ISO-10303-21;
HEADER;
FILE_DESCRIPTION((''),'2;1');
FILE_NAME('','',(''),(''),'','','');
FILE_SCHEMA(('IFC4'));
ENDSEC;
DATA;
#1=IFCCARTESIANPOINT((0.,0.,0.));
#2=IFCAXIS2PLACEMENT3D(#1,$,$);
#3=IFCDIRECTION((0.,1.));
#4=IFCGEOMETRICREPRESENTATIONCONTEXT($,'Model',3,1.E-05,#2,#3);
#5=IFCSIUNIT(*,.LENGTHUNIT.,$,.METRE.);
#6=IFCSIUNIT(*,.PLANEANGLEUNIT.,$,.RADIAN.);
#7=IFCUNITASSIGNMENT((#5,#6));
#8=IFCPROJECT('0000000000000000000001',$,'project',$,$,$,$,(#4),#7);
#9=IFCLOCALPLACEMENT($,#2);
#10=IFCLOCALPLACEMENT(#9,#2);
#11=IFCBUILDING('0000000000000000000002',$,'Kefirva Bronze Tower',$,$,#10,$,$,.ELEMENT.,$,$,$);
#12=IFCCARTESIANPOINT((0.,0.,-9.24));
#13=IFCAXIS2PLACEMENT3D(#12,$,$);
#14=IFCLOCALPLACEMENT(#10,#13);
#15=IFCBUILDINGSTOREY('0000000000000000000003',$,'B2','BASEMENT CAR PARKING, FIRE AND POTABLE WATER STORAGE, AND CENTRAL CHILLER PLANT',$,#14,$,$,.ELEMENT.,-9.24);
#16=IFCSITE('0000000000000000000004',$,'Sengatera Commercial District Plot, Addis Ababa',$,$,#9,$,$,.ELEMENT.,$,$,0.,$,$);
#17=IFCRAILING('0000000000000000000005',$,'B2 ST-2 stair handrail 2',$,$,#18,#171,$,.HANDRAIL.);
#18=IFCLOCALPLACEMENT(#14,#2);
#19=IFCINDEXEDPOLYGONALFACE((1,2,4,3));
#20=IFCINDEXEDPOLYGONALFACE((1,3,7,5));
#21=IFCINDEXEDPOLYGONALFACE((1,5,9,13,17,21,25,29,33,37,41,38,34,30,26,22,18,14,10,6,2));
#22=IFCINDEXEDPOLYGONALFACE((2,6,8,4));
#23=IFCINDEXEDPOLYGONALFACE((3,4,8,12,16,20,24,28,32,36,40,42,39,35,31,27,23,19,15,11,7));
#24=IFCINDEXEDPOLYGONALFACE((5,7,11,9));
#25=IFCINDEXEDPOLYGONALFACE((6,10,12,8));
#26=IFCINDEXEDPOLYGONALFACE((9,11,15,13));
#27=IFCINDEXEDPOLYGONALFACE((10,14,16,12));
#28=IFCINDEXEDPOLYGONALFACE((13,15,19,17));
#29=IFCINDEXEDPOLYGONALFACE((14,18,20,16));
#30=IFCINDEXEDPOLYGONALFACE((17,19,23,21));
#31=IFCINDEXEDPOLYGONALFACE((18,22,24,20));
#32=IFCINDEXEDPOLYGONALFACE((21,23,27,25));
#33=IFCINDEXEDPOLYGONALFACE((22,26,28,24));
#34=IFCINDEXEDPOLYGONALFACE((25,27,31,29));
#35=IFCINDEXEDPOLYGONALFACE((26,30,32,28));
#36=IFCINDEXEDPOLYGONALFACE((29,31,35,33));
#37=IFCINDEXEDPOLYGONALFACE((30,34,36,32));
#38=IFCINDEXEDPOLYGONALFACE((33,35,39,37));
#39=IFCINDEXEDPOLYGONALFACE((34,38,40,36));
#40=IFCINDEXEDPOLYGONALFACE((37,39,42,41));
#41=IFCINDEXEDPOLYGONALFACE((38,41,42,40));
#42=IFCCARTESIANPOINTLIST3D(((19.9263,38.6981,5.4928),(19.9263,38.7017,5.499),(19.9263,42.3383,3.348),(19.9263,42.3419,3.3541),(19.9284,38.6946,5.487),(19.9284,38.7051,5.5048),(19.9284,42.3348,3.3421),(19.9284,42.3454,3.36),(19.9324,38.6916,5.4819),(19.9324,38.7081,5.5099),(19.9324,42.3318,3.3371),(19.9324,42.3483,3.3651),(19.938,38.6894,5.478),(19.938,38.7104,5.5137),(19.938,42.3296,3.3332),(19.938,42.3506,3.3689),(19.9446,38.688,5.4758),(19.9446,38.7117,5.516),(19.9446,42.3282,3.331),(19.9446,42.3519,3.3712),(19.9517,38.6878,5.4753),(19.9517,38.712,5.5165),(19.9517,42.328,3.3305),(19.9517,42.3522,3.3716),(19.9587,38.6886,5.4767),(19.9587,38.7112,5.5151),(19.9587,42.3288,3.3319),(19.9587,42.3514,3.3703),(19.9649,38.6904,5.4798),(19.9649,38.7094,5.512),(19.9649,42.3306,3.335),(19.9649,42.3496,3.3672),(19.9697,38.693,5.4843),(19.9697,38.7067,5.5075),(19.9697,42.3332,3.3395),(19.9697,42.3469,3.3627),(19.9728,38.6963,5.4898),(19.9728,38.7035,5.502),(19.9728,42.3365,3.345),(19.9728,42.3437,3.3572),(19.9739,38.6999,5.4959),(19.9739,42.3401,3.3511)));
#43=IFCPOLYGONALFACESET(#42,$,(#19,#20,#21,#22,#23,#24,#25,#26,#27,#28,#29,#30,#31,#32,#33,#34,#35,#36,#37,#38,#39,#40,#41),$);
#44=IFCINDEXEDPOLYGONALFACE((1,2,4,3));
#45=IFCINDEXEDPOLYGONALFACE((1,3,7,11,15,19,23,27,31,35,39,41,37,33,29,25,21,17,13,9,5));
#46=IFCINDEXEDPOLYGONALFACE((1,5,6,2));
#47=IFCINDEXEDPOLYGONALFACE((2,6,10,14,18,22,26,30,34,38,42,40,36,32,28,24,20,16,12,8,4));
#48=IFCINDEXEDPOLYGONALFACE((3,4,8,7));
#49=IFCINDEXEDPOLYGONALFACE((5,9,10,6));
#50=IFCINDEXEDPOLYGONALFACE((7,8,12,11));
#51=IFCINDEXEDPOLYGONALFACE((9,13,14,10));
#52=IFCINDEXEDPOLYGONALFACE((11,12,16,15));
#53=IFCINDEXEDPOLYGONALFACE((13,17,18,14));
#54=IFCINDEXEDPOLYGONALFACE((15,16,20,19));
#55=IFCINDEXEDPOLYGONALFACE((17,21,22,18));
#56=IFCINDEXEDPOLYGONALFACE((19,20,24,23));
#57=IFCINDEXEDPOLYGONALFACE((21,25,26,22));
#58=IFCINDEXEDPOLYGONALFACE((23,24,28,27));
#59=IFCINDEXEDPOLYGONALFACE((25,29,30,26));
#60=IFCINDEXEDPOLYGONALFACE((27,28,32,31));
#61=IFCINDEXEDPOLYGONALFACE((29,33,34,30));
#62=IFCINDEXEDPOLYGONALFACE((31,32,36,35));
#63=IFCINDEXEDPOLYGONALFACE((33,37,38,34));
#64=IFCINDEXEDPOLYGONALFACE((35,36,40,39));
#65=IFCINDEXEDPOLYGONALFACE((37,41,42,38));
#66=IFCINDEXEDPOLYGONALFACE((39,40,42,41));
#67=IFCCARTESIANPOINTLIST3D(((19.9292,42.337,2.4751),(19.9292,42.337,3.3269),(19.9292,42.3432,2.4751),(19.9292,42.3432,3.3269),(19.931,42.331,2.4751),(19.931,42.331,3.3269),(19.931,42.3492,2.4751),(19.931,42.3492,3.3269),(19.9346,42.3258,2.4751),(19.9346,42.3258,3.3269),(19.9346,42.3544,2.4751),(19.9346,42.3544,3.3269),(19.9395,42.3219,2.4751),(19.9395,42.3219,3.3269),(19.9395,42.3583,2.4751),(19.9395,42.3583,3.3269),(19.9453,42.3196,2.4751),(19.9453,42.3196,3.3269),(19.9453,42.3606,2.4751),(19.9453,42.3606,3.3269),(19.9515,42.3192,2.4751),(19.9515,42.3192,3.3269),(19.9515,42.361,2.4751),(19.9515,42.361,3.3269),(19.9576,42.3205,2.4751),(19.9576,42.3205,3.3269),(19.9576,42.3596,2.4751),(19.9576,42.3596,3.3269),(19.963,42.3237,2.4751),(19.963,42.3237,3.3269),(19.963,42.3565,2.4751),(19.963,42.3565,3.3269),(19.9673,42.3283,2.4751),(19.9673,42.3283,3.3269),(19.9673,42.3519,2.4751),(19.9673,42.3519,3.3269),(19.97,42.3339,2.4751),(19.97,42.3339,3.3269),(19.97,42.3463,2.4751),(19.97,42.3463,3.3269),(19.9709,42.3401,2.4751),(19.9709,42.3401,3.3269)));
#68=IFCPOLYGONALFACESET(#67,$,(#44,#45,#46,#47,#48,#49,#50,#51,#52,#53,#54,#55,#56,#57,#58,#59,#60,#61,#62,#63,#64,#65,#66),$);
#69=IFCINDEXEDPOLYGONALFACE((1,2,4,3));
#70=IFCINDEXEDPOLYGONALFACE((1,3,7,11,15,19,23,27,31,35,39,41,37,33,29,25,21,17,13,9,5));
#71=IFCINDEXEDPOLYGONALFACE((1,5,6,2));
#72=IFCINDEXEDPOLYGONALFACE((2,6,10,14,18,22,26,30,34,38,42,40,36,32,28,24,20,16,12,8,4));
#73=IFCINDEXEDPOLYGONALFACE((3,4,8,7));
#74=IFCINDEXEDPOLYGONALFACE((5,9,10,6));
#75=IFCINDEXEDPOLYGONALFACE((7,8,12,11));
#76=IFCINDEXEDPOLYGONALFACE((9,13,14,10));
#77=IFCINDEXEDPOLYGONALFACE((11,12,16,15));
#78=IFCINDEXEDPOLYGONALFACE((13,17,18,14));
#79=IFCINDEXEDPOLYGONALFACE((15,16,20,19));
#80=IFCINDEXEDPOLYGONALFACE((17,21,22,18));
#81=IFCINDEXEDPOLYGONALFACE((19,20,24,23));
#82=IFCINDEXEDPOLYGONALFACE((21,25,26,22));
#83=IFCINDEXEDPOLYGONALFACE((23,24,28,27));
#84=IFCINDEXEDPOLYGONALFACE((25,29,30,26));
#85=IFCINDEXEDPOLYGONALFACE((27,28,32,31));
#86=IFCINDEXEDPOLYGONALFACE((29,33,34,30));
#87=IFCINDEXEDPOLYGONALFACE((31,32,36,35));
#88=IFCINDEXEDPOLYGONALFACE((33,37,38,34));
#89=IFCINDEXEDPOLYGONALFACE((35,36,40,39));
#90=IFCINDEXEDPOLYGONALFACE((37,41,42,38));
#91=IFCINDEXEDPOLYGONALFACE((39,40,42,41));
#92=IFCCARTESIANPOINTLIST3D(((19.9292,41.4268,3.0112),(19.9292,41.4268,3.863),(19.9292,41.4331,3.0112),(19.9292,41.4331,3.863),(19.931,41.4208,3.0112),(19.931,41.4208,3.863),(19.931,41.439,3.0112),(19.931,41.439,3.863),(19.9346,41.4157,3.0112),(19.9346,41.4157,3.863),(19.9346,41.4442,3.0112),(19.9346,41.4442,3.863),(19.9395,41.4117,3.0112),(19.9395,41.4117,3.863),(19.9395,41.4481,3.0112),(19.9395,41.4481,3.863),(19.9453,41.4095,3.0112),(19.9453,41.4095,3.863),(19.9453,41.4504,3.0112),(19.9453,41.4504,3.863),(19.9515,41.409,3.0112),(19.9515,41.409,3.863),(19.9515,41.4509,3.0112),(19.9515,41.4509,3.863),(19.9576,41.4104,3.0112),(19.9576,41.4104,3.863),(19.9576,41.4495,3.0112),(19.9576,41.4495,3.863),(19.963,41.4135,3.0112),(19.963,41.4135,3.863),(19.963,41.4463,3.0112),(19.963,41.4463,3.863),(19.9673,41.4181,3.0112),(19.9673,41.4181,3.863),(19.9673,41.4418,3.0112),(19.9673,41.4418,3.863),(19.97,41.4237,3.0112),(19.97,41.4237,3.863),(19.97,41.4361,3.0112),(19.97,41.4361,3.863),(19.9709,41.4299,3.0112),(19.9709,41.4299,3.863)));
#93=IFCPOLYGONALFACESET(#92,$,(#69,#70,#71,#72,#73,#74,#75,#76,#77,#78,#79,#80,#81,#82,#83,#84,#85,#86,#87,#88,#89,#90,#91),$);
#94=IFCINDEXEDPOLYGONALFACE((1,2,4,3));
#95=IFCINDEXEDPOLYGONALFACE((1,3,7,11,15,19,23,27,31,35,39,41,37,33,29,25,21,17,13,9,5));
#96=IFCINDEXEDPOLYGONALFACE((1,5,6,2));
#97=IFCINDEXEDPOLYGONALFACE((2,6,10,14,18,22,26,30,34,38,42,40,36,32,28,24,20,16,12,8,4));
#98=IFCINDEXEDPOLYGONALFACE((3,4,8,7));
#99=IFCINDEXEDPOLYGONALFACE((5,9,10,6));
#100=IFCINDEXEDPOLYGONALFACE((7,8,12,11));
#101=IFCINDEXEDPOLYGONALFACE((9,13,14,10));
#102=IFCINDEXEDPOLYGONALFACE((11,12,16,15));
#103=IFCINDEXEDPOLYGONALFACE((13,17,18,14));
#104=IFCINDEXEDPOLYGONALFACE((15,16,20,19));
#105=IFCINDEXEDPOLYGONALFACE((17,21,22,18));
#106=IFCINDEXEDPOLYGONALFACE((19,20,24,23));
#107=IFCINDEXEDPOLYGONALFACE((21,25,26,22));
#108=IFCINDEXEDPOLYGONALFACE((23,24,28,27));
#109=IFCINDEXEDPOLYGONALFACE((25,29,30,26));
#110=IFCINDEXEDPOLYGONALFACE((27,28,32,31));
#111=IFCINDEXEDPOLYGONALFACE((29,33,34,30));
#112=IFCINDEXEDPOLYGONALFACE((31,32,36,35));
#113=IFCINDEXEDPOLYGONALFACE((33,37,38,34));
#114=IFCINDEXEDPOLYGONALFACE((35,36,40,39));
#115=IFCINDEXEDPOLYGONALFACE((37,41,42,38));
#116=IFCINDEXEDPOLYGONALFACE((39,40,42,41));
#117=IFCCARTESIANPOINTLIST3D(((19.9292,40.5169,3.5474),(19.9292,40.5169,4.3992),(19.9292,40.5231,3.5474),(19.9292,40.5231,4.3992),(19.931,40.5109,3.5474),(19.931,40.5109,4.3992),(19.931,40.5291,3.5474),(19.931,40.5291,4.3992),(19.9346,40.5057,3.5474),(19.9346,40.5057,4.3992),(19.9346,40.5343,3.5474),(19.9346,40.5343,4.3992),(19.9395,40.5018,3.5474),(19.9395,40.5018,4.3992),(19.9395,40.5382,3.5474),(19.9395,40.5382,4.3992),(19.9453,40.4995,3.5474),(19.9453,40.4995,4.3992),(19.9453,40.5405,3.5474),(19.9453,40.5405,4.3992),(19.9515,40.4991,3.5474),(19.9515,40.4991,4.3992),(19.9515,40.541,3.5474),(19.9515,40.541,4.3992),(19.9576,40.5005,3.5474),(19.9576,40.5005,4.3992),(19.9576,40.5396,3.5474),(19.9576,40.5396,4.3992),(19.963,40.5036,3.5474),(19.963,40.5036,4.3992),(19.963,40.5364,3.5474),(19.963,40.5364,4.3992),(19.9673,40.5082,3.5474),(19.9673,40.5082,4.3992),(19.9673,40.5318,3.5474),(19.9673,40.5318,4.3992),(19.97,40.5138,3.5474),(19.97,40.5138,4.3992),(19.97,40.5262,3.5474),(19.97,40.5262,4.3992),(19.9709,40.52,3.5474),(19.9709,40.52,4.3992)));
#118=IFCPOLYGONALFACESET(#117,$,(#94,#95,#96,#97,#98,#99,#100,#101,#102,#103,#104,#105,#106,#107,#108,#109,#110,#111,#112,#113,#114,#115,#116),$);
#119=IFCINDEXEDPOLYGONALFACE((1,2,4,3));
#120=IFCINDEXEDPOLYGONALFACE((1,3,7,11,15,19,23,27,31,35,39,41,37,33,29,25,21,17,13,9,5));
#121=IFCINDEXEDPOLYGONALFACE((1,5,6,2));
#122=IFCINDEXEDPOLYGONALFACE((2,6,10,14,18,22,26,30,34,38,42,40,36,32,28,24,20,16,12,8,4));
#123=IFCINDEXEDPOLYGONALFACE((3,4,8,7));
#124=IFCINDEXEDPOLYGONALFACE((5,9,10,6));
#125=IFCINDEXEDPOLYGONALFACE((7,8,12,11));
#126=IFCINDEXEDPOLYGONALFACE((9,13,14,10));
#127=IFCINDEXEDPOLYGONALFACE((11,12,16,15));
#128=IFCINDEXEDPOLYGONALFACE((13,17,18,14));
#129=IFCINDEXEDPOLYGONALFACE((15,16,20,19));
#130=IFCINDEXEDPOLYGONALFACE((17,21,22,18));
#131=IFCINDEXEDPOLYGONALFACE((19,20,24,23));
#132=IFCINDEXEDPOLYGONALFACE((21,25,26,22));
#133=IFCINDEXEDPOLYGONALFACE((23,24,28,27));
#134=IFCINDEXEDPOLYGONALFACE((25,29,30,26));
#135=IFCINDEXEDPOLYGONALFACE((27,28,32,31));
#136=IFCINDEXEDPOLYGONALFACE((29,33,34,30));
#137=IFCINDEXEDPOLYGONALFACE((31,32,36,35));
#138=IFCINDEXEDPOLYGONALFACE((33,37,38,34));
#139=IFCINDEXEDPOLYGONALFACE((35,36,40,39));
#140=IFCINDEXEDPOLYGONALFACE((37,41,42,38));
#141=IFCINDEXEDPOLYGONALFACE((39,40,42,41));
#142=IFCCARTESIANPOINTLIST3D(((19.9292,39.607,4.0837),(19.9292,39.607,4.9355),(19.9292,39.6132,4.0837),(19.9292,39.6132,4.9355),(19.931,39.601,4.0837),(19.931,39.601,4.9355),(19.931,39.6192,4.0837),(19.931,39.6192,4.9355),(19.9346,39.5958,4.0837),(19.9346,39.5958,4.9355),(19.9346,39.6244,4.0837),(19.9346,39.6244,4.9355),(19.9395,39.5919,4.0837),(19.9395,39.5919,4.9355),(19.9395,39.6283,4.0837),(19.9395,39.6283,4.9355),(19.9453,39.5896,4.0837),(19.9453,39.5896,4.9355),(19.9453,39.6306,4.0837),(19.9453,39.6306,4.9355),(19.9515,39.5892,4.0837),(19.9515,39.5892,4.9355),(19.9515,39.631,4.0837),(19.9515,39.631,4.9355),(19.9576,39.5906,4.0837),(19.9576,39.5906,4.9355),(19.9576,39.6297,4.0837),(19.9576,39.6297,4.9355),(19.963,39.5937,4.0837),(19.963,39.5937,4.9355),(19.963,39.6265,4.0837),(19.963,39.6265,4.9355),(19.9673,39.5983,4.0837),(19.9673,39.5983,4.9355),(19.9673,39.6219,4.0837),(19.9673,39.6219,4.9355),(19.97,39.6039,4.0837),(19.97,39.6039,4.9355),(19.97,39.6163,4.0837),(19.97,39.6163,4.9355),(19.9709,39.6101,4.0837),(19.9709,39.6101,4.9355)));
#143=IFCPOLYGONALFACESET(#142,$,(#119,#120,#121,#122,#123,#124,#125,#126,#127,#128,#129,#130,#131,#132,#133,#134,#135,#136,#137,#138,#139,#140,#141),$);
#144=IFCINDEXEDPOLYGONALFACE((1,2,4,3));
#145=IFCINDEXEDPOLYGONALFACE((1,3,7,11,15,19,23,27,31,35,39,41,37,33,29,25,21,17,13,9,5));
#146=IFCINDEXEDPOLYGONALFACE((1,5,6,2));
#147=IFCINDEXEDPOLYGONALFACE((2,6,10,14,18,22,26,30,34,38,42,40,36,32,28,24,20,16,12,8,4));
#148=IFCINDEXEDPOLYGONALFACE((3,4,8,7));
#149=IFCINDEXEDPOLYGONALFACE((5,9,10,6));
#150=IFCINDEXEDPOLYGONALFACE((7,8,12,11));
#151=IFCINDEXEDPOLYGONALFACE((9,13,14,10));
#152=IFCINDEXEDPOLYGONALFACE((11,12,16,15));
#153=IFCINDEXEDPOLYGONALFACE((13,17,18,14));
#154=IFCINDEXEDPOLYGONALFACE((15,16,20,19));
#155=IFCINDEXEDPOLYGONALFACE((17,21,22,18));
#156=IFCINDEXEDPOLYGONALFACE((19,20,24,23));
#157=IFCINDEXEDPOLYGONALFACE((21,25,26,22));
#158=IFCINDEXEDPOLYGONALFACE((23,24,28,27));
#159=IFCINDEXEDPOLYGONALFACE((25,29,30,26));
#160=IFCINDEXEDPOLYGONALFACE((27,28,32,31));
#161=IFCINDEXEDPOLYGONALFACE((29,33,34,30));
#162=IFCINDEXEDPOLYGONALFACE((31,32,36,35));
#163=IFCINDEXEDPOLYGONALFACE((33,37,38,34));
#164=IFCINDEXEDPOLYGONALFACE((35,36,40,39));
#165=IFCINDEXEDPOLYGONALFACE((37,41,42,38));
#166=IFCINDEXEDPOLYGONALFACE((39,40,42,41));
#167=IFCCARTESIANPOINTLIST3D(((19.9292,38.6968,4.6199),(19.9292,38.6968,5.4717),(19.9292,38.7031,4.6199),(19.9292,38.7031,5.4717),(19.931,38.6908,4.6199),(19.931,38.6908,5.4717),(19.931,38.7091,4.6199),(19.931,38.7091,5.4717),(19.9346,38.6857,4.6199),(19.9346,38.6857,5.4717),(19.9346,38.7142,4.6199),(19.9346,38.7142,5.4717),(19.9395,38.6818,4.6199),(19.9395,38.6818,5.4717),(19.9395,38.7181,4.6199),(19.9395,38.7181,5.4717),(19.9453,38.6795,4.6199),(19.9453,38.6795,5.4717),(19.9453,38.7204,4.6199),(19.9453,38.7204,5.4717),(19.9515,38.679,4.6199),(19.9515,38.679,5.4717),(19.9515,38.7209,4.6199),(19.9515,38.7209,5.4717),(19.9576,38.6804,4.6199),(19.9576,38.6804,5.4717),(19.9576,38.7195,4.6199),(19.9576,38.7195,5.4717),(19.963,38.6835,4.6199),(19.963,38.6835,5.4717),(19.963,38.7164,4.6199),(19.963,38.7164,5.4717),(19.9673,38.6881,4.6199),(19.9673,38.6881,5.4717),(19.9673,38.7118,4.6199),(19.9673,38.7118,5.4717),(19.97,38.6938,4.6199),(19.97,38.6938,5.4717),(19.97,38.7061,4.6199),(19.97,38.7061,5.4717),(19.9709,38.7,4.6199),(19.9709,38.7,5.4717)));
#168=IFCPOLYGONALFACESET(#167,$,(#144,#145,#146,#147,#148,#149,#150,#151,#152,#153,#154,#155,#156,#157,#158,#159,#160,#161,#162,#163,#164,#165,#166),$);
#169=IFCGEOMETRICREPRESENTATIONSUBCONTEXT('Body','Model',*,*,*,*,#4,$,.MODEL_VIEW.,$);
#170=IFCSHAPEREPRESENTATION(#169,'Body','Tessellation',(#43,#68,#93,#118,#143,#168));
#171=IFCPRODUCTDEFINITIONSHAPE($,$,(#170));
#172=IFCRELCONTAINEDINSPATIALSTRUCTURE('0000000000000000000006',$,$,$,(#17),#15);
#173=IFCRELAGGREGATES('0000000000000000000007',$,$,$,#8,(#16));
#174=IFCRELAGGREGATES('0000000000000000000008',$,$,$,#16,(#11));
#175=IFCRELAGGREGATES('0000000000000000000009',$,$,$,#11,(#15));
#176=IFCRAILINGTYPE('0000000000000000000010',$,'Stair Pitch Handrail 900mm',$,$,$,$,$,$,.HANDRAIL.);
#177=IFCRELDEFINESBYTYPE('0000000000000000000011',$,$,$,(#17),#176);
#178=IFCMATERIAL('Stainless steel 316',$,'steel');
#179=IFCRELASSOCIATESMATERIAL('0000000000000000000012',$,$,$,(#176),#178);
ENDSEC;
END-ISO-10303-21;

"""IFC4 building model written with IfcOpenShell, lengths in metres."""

from ifc_helpers import new_model, si_unit, direction, frame, origin, origin_2d, place, context, subcontext, project, spatial, circle, extrude, material, type_object, element, save


model = new_model("IFC4")

# Units and contexts
model_context = context("Model", 3, precision=1e-05, world=origin(), true_north=direction((0.0, 1.0)))
body_context = subcontext(model_context, "Body", "Model", "MODEL_VIEW")
ifc_project = project(units=[si_unit("LENGTHUNIT", "METRE"), si_unit("PLANEANGLEUNIT", "RADIAN")], contexts=[model_context])

# Site, building, storey
site_placement = place(None, origin())
site = spatial("IfcSite", under=ifc_project, at=site_placement, Name="Sengatera Commercial District Plot, Addis Ababa", CompositionType="ELEMENT", RefElevation=0.0)
building_placement = place(site_placement, origin())
building = spatial("IfcBuilding", under=site, at=building_placement, Name="Kefirva Bronze Tower", CompositionType="ELEMENT")
storey_placement = place(building_placement, frame((0.0, 0.0, -9.24)))
storey = spatial("IfcBuildingStorey", under=building, at=storey_placement, Name="B2", Description="BASEMENT CAR PARKING, FIRE AND POTABLE WATER STORAGE, AND CENTRAL CHILLER PLANT", CompositionType="ELEMENT", Elevation=-9.24)

# Railing
ifc_material_1 = material(Name="Stainless steel 316", Category="steel")
railing_type_1 = type_object("IfcRailingType", Name="Stair Pitch Handrail 900mm", PredefinedType="HANDRAIL", material=ifc_material_1)
railing_1_placement = place(storey_placement, frame((19.95, 42.3401, 2.4751)))
element("IfcRailing", 1, at=railing_1_placement, inside=storey, type_object=railing_type_1, Name="B2 ST-2 stair handrail 2", PredefinedType="HANDRAIL", context=body_context, shape_type="SweptSolid", body=[
    extrude(circle(Radius=0.0239, at=origin_2d()), frame((0.0, 0.0, 0.876), z_axis=(0.0, -0.86157, 0.507639), x_axis=(1.0, 0.0, 0.0)), (0.0, 0.0, 1.0), 4.2251),
    extrude(circle(Radius=0.021, at=origin_2d()), origin(), (0.0, 0.0, 1.0), 0.8518),
    extrude(circle(Radius=0.021, at=origin_2d()), frame((0.0, -0.9102, 0.5361)), (0.0, 0.0, 1.0), 0.8518),
    extrude(circle(Radius=0.021, at=origin_2d()), frame((0.0, -1.8201, 1.0723)), (0.0, 0.0, 1.0), 0.8518),
    extrude(circle(Radius=0.021, at=origin_2d()), frame((0.0, -2.73, 1.6086)), (0.0, 0.0, 1.0), 0.8518),
    extrude(circle(Radius=0.021, at=origin_2d()), frame((0.0, -3.6401, 2.1448)), (0.0, 0.0, 1.0), 0.8518),
])

save(model, "model.ifc")
